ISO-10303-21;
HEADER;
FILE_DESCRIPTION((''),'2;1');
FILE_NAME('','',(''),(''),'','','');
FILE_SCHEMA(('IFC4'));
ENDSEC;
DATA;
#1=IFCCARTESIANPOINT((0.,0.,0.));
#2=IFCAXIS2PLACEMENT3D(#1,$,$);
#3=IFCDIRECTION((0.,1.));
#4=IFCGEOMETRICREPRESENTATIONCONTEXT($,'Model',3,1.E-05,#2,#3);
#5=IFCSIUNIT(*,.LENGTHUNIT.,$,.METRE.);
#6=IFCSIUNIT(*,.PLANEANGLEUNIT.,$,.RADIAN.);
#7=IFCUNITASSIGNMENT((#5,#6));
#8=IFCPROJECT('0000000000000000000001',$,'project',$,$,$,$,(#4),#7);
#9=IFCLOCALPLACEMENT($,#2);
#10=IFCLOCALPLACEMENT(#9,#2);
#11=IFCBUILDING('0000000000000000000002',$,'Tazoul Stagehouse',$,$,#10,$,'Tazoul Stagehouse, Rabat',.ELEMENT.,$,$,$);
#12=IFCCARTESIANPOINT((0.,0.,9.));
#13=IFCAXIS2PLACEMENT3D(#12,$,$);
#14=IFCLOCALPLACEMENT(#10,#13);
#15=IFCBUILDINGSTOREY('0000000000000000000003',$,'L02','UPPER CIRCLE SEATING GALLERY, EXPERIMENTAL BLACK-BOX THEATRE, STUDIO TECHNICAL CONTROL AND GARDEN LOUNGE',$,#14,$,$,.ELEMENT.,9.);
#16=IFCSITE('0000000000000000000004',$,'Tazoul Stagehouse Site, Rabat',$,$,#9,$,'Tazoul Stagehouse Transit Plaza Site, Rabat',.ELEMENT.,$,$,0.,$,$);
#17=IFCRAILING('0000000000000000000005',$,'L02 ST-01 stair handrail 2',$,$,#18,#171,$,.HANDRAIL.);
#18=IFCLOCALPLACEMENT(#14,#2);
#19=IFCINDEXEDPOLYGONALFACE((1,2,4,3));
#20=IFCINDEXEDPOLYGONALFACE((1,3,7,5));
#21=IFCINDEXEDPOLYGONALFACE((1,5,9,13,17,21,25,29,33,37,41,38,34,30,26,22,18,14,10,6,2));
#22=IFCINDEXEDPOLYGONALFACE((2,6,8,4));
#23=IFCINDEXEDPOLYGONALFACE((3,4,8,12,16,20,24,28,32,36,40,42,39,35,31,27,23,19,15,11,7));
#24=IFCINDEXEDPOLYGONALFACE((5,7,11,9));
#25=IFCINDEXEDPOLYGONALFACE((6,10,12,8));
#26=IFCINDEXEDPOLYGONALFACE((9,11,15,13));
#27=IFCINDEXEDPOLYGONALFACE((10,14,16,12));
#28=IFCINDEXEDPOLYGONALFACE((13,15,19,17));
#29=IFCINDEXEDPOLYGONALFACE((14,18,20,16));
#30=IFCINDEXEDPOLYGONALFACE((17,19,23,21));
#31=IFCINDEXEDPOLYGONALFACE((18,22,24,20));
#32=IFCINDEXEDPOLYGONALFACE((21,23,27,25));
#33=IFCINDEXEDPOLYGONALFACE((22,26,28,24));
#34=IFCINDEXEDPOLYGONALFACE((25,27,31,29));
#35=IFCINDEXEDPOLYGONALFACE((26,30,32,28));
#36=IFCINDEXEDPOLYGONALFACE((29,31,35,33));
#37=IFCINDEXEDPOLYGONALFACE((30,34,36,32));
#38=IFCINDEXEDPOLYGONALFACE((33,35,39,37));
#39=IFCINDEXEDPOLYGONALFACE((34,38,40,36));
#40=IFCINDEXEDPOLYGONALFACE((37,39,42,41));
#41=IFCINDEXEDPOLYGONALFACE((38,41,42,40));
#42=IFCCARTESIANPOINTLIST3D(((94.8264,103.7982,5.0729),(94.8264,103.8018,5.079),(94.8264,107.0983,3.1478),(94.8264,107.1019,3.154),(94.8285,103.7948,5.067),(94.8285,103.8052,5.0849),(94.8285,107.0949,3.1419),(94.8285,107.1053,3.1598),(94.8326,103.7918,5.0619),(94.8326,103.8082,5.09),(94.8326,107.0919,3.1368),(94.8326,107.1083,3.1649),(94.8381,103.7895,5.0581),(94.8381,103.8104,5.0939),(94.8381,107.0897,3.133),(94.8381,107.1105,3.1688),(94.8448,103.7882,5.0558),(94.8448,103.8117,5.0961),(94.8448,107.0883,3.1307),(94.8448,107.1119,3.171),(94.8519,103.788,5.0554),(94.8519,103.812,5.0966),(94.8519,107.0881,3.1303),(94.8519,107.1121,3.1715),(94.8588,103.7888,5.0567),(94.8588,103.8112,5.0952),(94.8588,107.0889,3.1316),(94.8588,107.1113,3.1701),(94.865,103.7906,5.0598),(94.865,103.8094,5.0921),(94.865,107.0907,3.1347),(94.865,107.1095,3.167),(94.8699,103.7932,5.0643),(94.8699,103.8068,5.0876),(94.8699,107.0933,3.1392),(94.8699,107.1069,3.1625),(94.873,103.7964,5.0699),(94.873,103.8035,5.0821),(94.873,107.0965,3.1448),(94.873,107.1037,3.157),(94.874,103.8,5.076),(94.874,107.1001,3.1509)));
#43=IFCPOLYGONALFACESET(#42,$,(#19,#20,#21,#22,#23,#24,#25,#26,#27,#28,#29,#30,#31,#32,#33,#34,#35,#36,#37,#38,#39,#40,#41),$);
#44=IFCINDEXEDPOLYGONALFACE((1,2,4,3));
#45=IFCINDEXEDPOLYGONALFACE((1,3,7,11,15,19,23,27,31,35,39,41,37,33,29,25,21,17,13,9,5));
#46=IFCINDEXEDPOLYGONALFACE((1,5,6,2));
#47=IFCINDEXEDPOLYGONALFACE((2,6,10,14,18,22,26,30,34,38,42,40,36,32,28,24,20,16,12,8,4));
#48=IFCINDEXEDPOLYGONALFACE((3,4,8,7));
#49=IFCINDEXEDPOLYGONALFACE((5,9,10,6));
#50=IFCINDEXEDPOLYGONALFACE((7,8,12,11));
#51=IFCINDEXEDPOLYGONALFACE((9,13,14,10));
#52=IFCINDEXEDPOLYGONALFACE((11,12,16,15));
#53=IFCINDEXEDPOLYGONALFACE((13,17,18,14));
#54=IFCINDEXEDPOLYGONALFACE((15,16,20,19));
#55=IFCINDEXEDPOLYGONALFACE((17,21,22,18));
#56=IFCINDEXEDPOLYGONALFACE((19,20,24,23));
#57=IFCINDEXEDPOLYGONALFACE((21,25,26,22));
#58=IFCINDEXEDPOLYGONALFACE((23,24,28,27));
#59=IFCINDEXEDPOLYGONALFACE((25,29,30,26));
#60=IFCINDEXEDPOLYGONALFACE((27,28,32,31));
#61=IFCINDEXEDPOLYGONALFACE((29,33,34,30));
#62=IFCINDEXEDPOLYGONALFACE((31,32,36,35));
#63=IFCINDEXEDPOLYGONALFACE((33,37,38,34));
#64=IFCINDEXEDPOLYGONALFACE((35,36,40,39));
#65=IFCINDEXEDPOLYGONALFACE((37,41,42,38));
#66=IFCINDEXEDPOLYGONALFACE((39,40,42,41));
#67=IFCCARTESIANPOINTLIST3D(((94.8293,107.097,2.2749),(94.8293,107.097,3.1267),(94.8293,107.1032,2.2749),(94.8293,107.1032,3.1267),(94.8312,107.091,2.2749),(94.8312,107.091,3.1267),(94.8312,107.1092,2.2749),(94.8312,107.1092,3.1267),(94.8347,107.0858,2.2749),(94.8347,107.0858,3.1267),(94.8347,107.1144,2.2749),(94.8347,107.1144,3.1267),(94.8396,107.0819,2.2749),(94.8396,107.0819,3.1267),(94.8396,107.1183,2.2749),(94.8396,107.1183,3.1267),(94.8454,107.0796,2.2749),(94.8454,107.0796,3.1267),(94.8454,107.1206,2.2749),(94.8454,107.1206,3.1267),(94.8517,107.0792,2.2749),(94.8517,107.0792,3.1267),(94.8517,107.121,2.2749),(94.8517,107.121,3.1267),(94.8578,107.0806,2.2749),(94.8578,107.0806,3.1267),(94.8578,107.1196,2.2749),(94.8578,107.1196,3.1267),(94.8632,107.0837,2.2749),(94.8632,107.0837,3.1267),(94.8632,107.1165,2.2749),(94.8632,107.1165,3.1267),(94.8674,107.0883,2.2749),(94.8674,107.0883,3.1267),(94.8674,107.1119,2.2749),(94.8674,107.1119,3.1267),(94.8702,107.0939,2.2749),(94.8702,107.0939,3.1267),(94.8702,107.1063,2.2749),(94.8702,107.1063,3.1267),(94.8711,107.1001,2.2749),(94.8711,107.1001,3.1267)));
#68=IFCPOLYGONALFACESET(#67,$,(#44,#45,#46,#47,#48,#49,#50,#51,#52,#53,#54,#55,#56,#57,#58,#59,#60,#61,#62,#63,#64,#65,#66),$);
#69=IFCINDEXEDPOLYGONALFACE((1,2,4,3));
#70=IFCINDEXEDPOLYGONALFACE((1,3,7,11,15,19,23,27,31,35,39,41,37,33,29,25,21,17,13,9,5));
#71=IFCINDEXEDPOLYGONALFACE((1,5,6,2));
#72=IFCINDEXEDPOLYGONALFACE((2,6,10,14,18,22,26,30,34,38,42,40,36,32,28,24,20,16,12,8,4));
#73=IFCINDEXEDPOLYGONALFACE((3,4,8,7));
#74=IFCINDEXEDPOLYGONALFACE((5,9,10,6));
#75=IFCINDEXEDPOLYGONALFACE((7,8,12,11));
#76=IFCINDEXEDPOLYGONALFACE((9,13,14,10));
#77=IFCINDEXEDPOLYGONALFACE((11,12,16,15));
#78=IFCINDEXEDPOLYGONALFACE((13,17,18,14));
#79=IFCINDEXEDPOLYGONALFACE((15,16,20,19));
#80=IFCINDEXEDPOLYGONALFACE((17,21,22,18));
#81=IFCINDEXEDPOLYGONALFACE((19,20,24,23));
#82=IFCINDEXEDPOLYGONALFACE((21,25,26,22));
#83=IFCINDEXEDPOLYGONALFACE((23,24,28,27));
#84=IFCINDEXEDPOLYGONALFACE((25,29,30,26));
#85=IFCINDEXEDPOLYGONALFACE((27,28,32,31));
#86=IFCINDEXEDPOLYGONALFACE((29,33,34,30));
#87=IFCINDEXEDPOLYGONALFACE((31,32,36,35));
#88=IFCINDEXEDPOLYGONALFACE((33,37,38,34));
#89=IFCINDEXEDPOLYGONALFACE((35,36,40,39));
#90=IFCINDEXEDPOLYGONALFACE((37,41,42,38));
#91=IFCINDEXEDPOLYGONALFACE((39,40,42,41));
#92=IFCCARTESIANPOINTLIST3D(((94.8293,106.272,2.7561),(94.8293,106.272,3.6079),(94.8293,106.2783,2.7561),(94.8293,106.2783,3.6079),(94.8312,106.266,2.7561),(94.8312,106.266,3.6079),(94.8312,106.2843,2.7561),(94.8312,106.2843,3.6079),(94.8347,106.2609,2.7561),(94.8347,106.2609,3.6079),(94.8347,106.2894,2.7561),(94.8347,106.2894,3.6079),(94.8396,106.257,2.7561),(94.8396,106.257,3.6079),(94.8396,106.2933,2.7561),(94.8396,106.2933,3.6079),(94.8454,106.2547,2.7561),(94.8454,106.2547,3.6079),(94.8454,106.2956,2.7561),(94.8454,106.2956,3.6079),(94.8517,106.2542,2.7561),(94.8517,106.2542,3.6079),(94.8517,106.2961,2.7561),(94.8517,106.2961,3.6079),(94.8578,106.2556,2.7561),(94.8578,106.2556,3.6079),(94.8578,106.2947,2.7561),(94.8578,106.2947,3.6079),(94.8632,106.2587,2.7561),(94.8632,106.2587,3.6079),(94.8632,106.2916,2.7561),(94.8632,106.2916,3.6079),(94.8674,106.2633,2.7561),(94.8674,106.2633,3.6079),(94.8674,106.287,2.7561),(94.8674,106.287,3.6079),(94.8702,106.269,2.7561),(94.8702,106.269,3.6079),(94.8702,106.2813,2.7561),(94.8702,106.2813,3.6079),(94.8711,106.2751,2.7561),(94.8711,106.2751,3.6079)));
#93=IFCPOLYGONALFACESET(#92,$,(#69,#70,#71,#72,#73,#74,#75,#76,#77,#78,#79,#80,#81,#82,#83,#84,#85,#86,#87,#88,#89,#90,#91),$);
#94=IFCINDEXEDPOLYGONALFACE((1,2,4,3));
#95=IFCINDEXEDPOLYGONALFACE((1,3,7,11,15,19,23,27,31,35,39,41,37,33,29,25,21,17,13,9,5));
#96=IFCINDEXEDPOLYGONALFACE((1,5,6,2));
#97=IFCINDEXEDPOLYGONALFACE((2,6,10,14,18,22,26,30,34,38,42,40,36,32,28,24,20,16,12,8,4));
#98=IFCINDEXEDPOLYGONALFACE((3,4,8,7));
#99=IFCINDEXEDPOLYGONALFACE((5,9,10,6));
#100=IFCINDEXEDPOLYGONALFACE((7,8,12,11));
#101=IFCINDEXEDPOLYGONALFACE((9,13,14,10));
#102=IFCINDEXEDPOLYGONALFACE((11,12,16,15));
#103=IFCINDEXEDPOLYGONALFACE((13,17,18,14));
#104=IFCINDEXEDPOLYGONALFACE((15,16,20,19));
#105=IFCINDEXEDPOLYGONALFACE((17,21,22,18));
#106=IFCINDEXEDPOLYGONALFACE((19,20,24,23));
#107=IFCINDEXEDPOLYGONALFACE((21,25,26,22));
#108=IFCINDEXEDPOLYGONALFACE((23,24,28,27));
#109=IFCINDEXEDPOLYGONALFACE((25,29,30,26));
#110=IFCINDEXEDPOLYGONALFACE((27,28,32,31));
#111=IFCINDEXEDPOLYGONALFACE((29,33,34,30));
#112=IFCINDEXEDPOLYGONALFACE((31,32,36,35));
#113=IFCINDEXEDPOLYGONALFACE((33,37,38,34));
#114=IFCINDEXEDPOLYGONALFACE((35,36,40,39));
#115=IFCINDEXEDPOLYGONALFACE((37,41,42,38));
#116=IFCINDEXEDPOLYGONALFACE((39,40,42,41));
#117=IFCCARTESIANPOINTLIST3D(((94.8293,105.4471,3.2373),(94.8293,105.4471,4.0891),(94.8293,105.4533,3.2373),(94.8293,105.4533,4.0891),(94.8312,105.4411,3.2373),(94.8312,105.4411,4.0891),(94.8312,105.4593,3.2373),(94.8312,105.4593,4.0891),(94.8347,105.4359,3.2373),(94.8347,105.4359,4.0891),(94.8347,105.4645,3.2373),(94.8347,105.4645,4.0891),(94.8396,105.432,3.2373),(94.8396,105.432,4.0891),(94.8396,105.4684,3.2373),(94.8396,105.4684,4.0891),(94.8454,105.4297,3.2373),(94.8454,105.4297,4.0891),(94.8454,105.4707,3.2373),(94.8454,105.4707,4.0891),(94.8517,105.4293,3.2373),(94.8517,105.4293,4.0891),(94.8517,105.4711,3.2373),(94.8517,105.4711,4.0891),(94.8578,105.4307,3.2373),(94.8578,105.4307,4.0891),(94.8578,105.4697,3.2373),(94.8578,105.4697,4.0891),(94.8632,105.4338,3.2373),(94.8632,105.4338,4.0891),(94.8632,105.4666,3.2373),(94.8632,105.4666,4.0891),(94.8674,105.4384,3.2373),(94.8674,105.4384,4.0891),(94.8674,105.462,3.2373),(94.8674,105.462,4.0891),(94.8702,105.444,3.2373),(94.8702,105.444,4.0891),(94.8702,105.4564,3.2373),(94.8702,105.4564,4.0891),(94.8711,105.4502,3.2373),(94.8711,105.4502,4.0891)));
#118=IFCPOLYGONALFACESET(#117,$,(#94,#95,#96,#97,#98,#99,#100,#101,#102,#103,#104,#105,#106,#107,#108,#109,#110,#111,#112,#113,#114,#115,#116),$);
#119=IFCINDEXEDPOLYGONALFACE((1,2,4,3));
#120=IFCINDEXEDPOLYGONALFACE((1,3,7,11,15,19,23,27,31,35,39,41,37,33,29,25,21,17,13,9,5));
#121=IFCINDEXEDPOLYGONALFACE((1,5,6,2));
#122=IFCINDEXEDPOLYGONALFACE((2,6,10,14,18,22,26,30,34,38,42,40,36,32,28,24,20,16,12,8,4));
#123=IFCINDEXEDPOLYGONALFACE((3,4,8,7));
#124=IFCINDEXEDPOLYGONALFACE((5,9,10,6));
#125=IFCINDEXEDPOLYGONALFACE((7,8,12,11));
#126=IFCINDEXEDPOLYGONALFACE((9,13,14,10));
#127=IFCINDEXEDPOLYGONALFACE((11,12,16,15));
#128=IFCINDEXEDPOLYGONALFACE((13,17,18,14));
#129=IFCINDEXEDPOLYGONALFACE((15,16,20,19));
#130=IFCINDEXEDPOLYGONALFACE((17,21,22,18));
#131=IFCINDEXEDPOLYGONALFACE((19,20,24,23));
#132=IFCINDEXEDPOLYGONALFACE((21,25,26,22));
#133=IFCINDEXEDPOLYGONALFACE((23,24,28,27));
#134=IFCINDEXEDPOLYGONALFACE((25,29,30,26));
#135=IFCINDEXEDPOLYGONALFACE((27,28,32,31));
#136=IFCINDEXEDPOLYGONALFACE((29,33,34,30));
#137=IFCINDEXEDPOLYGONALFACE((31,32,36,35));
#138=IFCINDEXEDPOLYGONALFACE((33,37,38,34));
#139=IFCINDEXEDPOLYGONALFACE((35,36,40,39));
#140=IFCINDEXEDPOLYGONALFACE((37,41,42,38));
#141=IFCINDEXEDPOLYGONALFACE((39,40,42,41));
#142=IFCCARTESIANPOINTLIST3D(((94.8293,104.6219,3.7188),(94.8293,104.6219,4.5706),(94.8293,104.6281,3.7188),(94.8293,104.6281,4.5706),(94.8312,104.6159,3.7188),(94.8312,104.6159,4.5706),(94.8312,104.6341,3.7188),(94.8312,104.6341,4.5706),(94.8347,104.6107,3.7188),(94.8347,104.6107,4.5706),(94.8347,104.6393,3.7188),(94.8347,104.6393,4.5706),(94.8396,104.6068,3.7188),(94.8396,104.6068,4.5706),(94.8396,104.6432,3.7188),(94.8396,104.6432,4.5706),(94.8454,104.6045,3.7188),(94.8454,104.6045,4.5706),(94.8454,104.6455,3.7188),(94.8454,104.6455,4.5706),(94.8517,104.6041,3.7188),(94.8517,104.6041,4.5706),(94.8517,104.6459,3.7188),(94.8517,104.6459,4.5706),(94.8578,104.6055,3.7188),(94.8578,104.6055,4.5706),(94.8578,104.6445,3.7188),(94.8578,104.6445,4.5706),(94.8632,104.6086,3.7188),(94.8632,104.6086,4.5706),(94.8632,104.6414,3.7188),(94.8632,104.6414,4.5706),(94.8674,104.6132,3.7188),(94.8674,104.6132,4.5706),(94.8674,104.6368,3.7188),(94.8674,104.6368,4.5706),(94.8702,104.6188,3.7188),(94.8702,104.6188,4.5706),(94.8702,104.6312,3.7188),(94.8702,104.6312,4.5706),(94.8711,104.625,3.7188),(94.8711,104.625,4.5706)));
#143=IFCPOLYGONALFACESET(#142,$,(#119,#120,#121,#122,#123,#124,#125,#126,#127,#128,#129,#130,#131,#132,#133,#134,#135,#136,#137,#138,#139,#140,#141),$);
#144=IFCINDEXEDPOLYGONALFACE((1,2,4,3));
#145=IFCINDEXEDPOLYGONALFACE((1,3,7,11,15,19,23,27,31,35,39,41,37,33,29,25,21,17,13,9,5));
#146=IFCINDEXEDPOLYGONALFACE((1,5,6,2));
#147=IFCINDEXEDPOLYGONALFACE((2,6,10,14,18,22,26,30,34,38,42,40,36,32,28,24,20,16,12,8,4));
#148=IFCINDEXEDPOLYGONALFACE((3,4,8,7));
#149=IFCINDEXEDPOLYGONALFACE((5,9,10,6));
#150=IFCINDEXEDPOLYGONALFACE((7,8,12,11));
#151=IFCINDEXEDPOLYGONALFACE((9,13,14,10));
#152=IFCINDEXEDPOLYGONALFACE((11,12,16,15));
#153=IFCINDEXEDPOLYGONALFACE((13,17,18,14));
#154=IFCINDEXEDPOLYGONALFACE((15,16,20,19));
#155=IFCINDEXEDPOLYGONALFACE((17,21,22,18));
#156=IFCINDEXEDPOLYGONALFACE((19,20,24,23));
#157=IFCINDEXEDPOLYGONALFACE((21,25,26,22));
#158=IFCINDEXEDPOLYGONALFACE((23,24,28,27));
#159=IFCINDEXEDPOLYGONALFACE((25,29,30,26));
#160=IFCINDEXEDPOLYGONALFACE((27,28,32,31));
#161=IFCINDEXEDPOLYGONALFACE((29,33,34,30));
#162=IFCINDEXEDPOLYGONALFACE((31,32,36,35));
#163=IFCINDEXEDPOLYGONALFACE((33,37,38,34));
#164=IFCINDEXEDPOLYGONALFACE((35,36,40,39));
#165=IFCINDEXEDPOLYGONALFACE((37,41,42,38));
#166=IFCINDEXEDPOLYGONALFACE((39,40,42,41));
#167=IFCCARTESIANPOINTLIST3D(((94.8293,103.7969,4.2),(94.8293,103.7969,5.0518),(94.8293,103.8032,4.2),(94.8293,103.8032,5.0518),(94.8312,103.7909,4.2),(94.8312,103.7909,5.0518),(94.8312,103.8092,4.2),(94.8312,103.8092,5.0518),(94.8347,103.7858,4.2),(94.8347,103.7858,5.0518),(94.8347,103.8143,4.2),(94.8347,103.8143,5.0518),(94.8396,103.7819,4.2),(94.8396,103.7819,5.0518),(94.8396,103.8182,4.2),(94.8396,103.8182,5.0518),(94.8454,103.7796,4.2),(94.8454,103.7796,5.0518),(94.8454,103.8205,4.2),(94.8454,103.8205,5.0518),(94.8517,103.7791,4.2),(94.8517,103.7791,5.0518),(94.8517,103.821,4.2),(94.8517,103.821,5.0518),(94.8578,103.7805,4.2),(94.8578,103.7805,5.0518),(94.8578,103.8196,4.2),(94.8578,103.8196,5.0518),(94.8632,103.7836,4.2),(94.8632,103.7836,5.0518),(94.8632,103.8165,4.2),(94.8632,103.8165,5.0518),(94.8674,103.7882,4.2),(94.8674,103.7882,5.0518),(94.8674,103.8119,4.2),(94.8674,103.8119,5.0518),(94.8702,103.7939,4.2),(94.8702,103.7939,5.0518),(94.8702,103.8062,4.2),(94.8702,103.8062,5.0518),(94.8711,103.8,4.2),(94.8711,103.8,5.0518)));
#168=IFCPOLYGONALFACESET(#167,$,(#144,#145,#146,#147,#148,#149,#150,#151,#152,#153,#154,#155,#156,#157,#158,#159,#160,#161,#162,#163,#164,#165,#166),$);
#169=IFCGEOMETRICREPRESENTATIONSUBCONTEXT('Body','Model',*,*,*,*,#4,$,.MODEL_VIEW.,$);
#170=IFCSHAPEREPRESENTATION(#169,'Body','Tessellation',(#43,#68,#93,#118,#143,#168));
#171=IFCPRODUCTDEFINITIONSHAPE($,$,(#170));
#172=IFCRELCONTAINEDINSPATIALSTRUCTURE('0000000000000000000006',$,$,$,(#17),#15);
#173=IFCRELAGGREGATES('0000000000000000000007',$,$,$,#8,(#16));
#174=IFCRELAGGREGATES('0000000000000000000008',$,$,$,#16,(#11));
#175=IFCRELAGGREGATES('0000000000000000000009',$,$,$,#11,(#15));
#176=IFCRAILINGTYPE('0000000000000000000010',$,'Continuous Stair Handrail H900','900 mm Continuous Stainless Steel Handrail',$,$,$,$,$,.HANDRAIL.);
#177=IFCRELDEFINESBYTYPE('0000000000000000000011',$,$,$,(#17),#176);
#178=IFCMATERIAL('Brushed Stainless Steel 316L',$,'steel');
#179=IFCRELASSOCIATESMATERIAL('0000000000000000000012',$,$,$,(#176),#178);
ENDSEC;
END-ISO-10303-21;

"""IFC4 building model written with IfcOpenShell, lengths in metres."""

from ifc_helpers import new_model, si_unit, direction, frame, origin, origin_2d, place, context, subcontext, project, spatial, circle, extrude, material, material_profile, profile_set, type_object, element, save


model = new_model("IFC4")

# Units and contexts
model_context = context("Model", 3, precision=1e-05, world=origin(), true_north=direction((0.0, 1.0)))
body_context = subcontext(model_context, "Body", "Model", "MODEL_VIEW")
ifc_project = project(units=[si_unit("LENGTHUNIT", "METRE"), si_unit("PLANEANGLEUNIT", "RADIAN")], contexts=[model_context])

# Site, building, storey
site_placement = place(None, origin())
site = spatial("IfcSite", under=ifc_project, at=site_placement, Name="Tazoul Stagehouse Site, Rabat", LongName="Tazoul Stagehouse Transit Plaza Site, Rabat", CompositionType="ELEMENT", RefElevation=0.0)
building_placement = place(site_placement, origin())
building = spatial("IfcBuilding", under=site, at=building_placement, Name="Tazoul Stagehouse", LongName="Tazoul Stagehouse, Rabat", CompositionType="ELEMENT")
storey_placement = place(building_placement, frame((0.0, 0.0, 9.0)))
storey = spatial("IfcBuildingStorey", under=building, at=storey_placement, Name="L02", Description="UPPER CIRCLE SEATING GALLERY, EXPERIMENTAL BLACK-BOX THEATRE, STUDIO TECHNICAL CONTROL AND GARDEN LOUNGE", CompositionType="ELEMENT", Elevation=9.0)

# Railing
ifc_material_1 = material(Name="Brushed Stainless Steel 316L", Category="steel")
ifc_material_profile_1 = material_profile(ifc_material_1, circle(Radius=0.021, at=origin_2d()), Name="SS HANDRAIL D42")
ifc_profile_set_1 = profile_set([ifc_material_profile_1], Name="Brushed Stainless Steel 316L")
railing_type = type_object("IfcRailingType", Name="Continuous Stair Handrail H900", Description="900 mm Continuous Stainless Steel Handrail", PredefinedType="HANDRAIL", material=ifc_profile_set_1)
railing_placement = place(storey_placement, frame((94.8501, 107.1001, 2.2749)))
element("IfcRailing", 1, at=railing_placement, inside=storey, type_object=railing_type, Name="L02 ST-01 stair handrail 2", PredefinedType="HANDRAIL", context=body_context, shape_type="SweptSolid", body=[
    extrude(circle(Radius=0.0239, at=origin_2d()), frame((0.0, 0.0, 0.876), z_axis=(0.0, -0.863777, 0.503875), x_axis=(1.0, 0.0, 0.0)), (0.0, 0.0, 1.0), 3.8206),
    extrude(circle(Radius=0.021, at=origin_2d()), origin(), (0.0, 0.0, 1.0), 0.8518),
    extrude(circle(Radius=0.021, at=origin_2d()), frame((0.0, -0.825, 0.4812)), (0.0, 0.0, 1.0), 0.8518),
    extrude(circle(Radius=0.021, at=origin_2d()), frame((0.0, -1.6499, 0.9624)), (0.0, 0.0, 1.0), 0.8518),
    extrude(circle(Radius=0.021, at=origin_2d()), frame((0.0, -2.4751, 1.4438)), (0.0, 0.0, 1.0), 0.8518),
    extrude(circle(Radius=0.021, at=origin_2d()), frame((0.0, -3.3, 1.925)), (0.0, 0.0, 1.0), 0.8518),
])

save(model, "model.ifc")
